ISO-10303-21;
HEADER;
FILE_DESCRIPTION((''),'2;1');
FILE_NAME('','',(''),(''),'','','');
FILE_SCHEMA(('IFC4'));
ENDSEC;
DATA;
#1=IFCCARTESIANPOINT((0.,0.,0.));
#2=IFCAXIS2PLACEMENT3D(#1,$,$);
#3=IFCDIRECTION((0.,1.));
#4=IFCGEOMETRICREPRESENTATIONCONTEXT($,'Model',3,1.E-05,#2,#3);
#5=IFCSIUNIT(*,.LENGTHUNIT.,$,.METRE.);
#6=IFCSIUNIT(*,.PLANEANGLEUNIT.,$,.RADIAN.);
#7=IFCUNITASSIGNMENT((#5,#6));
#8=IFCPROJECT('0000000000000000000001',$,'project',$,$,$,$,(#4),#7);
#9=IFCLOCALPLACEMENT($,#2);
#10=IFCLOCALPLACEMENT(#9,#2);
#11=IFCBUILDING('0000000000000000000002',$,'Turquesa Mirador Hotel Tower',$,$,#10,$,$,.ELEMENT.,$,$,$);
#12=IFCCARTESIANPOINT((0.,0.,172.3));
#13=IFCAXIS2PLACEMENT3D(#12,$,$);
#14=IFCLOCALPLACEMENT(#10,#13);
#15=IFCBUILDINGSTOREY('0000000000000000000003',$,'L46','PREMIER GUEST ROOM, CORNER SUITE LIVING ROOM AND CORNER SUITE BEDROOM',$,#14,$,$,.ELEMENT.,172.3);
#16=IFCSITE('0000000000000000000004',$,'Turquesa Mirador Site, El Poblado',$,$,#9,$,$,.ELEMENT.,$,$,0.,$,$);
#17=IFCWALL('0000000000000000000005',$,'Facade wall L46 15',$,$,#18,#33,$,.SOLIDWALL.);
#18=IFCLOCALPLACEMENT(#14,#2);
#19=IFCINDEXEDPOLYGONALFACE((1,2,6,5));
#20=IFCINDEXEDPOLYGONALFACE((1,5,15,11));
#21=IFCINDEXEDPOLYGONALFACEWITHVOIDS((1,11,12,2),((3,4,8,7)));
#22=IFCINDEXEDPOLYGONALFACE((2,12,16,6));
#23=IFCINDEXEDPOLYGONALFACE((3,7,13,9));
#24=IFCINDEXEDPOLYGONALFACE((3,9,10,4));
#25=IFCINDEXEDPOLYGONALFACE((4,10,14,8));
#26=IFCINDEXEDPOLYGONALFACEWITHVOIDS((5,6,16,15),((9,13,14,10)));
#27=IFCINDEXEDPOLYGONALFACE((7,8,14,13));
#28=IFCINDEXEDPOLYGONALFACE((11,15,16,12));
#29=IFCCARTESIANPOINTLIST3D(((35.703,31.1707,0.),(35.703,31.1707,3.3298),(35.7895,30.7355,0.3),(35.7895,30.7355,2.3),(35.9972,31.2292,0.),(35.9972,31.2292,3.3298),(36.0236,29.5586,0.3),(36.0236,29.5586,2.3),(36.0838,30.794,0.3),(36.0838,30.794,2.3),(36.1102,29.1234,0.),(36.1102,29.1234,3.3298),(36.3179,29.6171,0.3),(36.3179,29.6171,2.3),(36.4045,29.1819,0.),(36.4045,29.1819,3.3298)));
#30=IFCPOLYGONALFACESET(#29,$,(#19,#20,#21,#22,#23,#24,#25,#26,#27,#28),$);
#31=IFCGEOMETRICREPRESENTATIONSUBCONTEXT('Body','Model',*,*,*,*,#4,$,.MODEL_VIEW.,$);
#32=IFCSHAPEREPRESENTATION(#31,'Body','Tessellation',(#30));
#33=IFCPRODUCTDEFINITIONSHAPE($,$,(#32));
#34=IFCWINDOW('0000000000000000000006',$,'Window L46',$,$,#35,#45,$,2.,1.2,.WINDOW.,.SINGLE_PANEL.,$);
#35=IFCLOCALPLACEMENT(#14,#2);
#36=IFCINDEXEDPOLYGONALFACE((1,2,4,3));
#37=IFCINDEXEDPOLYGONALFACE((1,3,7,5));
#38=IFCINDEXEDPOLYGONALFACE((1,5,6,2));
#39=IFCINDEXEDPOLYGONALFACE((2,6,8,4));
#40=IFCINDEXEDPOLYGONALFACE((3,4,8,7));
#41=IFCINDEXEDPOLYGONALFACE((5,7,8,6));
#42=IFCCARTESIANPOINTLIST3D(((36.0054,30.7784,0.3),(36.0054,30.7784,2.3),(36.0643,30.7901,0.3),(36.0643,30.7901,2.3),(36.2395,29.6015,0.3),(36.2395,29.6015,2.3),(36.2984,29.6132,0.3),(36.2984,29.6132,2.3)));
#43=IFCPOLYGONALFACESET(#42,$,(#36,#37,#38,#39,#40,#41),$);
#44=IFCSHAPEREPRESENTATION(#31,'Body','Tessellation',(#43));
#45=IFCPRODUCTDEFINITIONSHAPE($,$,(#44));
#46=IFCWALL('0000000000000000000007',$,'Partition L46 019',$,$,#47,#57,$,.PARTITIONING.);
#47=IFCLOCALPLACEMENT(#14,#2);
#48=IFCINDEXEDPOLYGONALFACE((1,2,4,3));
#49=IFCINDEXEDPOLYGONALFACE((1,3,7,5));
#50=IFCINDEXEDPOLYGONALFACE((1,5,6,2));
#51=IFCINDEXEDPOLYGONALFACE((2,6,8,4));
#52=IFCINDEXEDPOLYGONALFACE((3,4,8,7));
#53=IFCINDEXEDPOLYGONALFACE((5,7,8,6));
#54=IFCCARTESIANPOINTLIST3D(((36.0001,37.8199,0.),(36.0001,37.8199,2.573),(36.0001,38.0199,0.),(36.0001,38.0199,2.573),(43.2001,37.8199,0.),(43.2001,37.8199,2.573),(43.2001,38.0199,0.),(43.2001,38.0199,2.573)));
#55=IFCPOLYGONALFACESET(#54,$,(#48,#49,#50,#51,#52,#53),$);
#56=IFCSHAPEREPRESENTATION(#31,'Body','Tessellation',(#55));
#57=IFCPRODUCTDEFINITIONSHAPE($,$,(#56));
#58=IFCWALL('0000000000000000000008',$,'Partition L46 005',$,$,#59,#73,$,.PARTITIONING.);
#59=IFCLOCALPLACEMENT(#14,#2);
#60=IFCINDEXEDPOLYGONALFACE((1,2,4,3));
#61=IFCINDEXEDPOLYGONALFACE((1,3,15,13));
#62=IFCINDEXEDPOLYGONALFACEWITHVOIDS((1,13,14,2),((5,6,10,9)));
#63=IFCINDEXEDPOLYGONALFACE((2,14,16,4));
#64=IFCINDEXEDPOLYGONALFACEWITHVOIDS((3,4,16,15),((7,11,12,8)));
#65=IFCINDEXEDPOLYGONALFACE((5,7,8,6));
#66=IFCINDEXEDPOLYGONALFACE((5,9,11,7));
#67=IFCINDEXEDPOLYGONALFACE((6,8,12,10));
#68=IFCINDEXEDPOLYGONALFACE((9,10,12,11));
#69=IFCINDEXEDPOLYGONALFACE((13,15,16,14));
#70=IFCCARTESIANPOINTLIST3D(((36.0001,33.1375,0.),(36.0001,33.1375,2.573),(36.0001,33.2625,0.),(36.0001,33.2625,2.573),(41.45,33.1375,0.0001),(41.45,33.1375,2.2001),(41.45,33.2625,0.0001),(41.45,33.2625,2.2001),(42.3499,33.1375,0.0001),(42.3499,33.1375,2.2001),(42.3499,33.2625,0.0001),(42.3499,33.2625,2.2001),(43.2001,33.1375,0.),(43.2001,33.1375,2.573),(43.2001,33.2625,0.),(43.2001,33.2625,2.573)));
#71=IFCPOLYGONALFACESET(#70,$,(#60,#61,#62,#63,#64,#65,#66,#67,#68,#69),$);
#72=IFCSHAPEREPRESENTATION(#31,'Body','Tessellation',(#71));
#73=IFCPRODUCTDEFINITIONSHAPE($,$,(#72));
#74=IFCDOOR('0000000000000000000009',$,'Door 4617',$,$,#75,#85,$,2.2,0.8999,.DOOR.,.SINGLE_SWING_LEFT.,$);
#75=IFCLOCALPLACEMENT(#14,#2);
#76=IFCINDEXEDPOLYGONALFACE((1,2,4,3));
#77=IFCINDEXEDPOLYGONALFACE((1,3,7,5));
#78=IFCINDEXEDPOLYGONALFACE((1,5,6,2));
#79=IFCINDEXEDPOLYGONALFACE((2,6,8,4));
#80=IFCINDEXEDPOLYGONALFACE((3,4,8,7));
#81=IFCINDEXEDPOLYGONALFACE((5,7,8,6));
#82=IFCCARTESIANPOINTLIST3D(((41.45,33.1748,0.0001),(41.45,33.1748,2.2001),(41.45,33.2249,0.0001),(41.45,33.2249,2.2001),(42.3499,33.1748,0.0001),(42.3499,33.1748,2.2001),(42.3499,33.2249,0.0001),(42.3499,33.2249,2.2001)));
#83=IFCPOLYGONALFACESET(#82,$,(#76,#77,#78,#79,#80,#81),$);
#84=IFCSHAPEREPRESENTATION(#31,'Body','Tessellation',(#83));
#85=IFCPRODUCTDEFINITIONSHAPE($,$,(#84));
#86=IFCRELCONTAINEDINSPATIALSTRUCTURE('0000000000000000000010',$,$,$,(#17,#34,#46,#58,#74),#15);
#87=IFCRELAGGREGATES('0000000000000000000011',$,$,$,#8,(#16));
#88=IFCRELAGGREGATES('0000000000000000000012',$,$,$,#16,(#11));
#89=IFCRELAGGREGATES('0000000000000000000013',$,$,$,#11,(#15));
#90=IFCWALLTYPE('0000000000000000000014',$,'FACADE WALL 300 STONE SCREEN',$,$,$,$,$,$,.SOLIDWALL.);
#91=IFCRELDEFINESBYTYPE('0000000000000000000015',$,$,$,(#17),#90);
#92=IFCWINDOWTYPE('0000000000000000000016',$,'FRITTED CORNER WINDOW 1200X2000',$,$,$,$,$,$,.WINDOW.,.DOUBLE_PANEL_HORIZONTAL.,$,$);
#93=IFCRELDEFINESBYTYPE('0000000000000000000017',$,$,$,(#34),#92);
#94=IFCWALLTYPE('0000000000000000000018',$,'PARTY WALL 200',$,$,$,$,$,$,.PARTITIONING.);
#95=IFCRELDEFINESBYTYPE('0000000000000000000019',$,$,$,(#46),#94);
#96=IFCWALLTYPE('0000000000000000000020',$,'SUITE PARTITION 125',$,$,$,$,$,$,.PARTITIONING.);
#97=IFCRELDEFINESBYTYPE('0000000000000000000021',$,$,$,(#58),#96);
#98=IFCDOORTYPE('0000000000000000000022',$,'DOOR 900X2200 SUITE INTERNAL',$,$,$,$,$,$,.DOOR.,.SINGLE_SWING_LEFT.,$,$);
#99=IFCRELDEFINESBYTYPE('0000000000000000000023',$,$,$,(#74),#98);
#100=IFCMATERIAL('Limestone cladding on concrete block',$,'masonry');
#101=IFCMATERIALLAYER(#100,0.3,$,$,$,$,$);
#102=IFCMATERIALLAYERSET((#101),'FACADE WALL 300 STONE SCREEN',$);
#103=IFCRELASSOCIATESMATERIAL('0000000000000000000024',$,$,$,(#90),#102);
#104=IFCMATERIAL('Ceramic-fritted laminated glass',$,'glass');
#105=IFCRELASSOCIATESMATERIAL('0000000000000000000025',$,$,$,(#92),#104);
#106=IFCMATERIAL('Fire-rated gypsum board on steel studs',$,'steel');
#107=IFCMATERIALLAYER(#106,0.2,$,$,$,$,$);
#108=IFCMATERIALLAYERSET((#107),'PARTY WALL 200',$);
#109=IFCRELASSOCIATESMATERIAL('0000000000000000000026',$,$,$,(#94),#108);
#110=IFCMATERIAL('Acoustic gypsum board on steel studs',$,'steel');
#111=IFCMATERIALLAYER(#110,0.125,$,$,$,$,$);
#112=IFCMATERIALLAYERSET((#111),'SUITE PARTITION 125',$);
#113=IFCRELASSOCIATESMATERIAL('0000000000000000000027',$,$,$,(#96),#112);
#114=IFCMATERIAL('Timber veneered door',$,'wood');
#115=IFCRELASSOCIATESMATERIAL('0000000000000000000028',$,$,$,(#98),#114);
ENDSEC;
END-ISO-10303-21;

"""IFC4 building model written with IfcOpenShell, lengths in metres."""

from ifc_helpers import new_model, si_unit, direction, frame, frame_2d, origin, place, context, subcontext, project, spatial, rectangle, extrude, material, layer, layer_set, type_object, element, fill, save


model = new_model("IFC4")

# Units and contexts
model_context = context("Model", 3, precision=1e-05, world=origin(), true_north=direction((0.0, 1.0)))
body_context = subcontext(model_context, "Body", "Model", "MODEL_VIEW")
ifc_project = project(units=[si_unit("LENGTHUNIT", "METRE"), si_unit("PLANEANGLEUNIT", "RADIAN")], contexts=[model_context])

# Site, building, storey
site_placement = place(None, origin())
site = spatial("IfcSite", under=ifc_project, at=site_placement, Name="Turquesa Mirador Site, El Poblado", CompositionType="ELEMENT", RefElevation=0.0)
building_placement = place(site_placement, origin())
building = spatial("IfcBuilding", under=site, at=building_placement, Name="Turquesa Mirador Hotel Tower", CompositionType="ELEMENT")
storey_placement = place(building_placement, frame((0.0, 0.0, 172.3)))
storey = spatial("IfcBuildingStorey", under=building, at=storey_placement, Name="L46", Description="PREMIER GUEST ROOM, CORNER SUITE LIVING ROOM AND CORNER SUITE BEDROOM", CompositionType="ELEMENT", Elevation=172.3)

# Wall, opening, window
ifc_material_1 = material(Name="Limestone cladding on concrete block", Category="masonry")
ifc_layer_1 = layer(ifc_material_1, 0.3)
ifc_layer_set_1 = layer_set([ifc_layer_1], Name="FACADE WALL 300 STONE SCREEN")
wall_type_1 = type_object("IfcWallType", Name="FACADE WALL 300 STONE SCREEN", PredefinedType="SOLIDWALL", material=ifc_layer_set_1)
wall_1_placement = place(storey_placement, frame((35.8501, 31.2, 0.0), z_axis=(0.0, 0.0, 1.0), x_axis=(0.195081, -0.980787, 0.0)))
wall_1 = element("IfcWall", 1, at=wall_1_placement, inside=storey, type_object=wall_type_1, Name="Facade wall L46 15", PredefinedType="SOLIDWALL", context=body_context, shape_type="SweptSolid", body=[
    extrude(rectangle(XDim=2.0874, YDim=0.3, at=frame_2d((1.0437, 0.0))), origin(), (0.0, 0.0, 1.0), 3.3298),
])
opening_1_placement = place(wall_1_placement, frame((0.4436, 0.0, 0.3)))
opening_1 = element("IfcOpeningElement", 2, at=opening_1_placement, cuts=wall_1, PredefinedType="OPENING", context=body_context, shape_type="SweptSolid", body=[
    extrude(rectangle(XDim=1.2, YDim=2.0, at=frame_2d((0.6001, 1.0))), frame((0.0, 0.1599, 0.0), z_axis=(0.0, -1.0, 0.0), x_axis=(1.0, 0.0, 0.0)), (0.0, 0.0, 1.0), 0.3201),
])
ifc_material_2 = material(Name="Ceramic-fritted laminated glass", Category="glass")
window_type = type_object("IfcWindowType", Name="FRITTED CORNER WINDOW 1200X2000", PartitioningType="DOUBLE_PANEL_HORIZONTAL", PredefinedType="WINDOW", material=ifc_material_2)
window_placement = place(opening_1_placement, origin())
window = element("IfcWindow", 3, at=window_placement, inside=storey, type_object=window_type, Name="Window L46", OverallHeight=2.0, OverallWidth=1.2, PartitioningType="SINGLE_PANEL", PredefinedType="WINDOW", context=body_context, shape_type="SweptSolid", body=[
    extrude(rectangle(XDim=1.2, YDim=2.0, at=frame_2d((0.6001, 1.0))), frame((0.0, 0.1301, 0.0), z_axis=(0.0, -1.0, 0.0), x_axis=(1.0, 0.0, 0.0)), (0.0, 0.0, 1.0), 0.0601),
])
fill(opening_1, window)

# Wall
ifc_material_3 = material(Name="Fire-rated gypsum board on steel studs", Category="steel")
ifc_layer_2 = layer(ifc_material_3, 0.2)
ifc_layer_set_2 = layer_set([ifc_layer_2], Name="PARTY WALL 200")
wall_type_2 = type_object("IfcWallType", Name="PARTY WALL 200", PredefinedType="PARTITIONING", material=ifc_layer_set_2)
wall_2_placement = place(storey_placement, frame((36.0, 37.9199, 0.0), z_axis=(0.0, 0.0, 1.0), x_axis=(1.0, 0.0, 0.0)))
element("IfcWall", 4, at=wall_2_placement, inside=storey, type_object=wall_type_2, Name="Partition L46 019", PredefinedType="PARTITIONING", context=body_context, shape_type="SweptSolid", body=[
    extrude(rectangle(XDim=7.2, YDim=0.2, at=frame_2d((3.6001, 0.0))), origin(), (0.0, 0.0, 1.0), 2.573),
])

# Wall, opening, door
ifc_material_4 = material(Name="Acoustic gypsum board on steel studs", Category="steel")
ifc_layer_3 = layer(ifc_material_4, 0.125)
ifc_layer_set_3 = layer_set([ifc_layer_3], Name="SUITE PARTITION 125")
wall_type_3 = type_object("IfcWallType", Name="SUITE PARTITION 125", PredefinedType="PARTITIONING", material=ifc_layer_set_3)
wall_3_placement = place(storey_placement, frame((36.0, 33.2, 0.0), z_axis=(0.0, 0.0, 1.0), x_axis=(1.0, 0.0, 0.0)))
wall_3 = element("IfcWall", 5, at=wall_3_placement, inside=storey, type_object=wall_type_3, Name="Partition L46 005", PredefinedType="PARTITIONING", context=body_context, shape_type="SweptSolid", body=[
    extrude(rectangle(XDim=7.2, YDim=0.125, at=frame_2d((3.6001, 0.0))), origin(), (0.0, 0.0, 1.0), 2.573),
])
opening_2_placement = place(wall_3_placement, frame((5.45, 0.0, 0.0)))
opening_2 = element("IfcOpeningElement", 6, at=opening_2_placement, cuts=wall_3, PredefinedType="OPENING", context=body_context, shape_type="SweptSolid", body=[
    extrude(rectangle(XDim=0.8999, YDim=2.2, at=frame_2d((0.45, 1.1001))), frame((0.0, 0.0725, 0.0), z_axis=(0.0, -1.0, 0.0), x_axis=(1.0, 0.0, 0.0)), (0.0, 0.0, 1.0), 0.145),
])
ifc_material_5 = material(Name="Timber veneered door", Category="wood")
door_type = type_object("IfcDoorType", Name="DOOR 900X2200 SUITE INTERNAL", OperationType="SINGLE_SWING_LEFT", PredefinedType="DOOR", material=ifc_material_5)
door_placement = place(opening_2_placement, origin())
door = element("IfcDoor", 7, at=door_placement, inside=storey, type_object=door_type, Name="Door 4617", OperationType="SINGLE_SWING_LEFT", OverallHeight=2.2, OverallWidth=0.8999, PredefinedType="DOOR", context=body_context, shape_type="SweptSolid", body=[
    extrude(rectangle(XDim=0.8999, YDim=2.2, at=frame_2d((0.45, 1.1001))), frame((0.0, 0.0249, 0.0), z_axis=(0.0, -1.0, 0.0), x_axis=(1.0, 0.0, 0.0)), (0.0, 0.0, 1.0), 0.05),
])
fill(opening_2, door)

save(model, "model.ifc")
